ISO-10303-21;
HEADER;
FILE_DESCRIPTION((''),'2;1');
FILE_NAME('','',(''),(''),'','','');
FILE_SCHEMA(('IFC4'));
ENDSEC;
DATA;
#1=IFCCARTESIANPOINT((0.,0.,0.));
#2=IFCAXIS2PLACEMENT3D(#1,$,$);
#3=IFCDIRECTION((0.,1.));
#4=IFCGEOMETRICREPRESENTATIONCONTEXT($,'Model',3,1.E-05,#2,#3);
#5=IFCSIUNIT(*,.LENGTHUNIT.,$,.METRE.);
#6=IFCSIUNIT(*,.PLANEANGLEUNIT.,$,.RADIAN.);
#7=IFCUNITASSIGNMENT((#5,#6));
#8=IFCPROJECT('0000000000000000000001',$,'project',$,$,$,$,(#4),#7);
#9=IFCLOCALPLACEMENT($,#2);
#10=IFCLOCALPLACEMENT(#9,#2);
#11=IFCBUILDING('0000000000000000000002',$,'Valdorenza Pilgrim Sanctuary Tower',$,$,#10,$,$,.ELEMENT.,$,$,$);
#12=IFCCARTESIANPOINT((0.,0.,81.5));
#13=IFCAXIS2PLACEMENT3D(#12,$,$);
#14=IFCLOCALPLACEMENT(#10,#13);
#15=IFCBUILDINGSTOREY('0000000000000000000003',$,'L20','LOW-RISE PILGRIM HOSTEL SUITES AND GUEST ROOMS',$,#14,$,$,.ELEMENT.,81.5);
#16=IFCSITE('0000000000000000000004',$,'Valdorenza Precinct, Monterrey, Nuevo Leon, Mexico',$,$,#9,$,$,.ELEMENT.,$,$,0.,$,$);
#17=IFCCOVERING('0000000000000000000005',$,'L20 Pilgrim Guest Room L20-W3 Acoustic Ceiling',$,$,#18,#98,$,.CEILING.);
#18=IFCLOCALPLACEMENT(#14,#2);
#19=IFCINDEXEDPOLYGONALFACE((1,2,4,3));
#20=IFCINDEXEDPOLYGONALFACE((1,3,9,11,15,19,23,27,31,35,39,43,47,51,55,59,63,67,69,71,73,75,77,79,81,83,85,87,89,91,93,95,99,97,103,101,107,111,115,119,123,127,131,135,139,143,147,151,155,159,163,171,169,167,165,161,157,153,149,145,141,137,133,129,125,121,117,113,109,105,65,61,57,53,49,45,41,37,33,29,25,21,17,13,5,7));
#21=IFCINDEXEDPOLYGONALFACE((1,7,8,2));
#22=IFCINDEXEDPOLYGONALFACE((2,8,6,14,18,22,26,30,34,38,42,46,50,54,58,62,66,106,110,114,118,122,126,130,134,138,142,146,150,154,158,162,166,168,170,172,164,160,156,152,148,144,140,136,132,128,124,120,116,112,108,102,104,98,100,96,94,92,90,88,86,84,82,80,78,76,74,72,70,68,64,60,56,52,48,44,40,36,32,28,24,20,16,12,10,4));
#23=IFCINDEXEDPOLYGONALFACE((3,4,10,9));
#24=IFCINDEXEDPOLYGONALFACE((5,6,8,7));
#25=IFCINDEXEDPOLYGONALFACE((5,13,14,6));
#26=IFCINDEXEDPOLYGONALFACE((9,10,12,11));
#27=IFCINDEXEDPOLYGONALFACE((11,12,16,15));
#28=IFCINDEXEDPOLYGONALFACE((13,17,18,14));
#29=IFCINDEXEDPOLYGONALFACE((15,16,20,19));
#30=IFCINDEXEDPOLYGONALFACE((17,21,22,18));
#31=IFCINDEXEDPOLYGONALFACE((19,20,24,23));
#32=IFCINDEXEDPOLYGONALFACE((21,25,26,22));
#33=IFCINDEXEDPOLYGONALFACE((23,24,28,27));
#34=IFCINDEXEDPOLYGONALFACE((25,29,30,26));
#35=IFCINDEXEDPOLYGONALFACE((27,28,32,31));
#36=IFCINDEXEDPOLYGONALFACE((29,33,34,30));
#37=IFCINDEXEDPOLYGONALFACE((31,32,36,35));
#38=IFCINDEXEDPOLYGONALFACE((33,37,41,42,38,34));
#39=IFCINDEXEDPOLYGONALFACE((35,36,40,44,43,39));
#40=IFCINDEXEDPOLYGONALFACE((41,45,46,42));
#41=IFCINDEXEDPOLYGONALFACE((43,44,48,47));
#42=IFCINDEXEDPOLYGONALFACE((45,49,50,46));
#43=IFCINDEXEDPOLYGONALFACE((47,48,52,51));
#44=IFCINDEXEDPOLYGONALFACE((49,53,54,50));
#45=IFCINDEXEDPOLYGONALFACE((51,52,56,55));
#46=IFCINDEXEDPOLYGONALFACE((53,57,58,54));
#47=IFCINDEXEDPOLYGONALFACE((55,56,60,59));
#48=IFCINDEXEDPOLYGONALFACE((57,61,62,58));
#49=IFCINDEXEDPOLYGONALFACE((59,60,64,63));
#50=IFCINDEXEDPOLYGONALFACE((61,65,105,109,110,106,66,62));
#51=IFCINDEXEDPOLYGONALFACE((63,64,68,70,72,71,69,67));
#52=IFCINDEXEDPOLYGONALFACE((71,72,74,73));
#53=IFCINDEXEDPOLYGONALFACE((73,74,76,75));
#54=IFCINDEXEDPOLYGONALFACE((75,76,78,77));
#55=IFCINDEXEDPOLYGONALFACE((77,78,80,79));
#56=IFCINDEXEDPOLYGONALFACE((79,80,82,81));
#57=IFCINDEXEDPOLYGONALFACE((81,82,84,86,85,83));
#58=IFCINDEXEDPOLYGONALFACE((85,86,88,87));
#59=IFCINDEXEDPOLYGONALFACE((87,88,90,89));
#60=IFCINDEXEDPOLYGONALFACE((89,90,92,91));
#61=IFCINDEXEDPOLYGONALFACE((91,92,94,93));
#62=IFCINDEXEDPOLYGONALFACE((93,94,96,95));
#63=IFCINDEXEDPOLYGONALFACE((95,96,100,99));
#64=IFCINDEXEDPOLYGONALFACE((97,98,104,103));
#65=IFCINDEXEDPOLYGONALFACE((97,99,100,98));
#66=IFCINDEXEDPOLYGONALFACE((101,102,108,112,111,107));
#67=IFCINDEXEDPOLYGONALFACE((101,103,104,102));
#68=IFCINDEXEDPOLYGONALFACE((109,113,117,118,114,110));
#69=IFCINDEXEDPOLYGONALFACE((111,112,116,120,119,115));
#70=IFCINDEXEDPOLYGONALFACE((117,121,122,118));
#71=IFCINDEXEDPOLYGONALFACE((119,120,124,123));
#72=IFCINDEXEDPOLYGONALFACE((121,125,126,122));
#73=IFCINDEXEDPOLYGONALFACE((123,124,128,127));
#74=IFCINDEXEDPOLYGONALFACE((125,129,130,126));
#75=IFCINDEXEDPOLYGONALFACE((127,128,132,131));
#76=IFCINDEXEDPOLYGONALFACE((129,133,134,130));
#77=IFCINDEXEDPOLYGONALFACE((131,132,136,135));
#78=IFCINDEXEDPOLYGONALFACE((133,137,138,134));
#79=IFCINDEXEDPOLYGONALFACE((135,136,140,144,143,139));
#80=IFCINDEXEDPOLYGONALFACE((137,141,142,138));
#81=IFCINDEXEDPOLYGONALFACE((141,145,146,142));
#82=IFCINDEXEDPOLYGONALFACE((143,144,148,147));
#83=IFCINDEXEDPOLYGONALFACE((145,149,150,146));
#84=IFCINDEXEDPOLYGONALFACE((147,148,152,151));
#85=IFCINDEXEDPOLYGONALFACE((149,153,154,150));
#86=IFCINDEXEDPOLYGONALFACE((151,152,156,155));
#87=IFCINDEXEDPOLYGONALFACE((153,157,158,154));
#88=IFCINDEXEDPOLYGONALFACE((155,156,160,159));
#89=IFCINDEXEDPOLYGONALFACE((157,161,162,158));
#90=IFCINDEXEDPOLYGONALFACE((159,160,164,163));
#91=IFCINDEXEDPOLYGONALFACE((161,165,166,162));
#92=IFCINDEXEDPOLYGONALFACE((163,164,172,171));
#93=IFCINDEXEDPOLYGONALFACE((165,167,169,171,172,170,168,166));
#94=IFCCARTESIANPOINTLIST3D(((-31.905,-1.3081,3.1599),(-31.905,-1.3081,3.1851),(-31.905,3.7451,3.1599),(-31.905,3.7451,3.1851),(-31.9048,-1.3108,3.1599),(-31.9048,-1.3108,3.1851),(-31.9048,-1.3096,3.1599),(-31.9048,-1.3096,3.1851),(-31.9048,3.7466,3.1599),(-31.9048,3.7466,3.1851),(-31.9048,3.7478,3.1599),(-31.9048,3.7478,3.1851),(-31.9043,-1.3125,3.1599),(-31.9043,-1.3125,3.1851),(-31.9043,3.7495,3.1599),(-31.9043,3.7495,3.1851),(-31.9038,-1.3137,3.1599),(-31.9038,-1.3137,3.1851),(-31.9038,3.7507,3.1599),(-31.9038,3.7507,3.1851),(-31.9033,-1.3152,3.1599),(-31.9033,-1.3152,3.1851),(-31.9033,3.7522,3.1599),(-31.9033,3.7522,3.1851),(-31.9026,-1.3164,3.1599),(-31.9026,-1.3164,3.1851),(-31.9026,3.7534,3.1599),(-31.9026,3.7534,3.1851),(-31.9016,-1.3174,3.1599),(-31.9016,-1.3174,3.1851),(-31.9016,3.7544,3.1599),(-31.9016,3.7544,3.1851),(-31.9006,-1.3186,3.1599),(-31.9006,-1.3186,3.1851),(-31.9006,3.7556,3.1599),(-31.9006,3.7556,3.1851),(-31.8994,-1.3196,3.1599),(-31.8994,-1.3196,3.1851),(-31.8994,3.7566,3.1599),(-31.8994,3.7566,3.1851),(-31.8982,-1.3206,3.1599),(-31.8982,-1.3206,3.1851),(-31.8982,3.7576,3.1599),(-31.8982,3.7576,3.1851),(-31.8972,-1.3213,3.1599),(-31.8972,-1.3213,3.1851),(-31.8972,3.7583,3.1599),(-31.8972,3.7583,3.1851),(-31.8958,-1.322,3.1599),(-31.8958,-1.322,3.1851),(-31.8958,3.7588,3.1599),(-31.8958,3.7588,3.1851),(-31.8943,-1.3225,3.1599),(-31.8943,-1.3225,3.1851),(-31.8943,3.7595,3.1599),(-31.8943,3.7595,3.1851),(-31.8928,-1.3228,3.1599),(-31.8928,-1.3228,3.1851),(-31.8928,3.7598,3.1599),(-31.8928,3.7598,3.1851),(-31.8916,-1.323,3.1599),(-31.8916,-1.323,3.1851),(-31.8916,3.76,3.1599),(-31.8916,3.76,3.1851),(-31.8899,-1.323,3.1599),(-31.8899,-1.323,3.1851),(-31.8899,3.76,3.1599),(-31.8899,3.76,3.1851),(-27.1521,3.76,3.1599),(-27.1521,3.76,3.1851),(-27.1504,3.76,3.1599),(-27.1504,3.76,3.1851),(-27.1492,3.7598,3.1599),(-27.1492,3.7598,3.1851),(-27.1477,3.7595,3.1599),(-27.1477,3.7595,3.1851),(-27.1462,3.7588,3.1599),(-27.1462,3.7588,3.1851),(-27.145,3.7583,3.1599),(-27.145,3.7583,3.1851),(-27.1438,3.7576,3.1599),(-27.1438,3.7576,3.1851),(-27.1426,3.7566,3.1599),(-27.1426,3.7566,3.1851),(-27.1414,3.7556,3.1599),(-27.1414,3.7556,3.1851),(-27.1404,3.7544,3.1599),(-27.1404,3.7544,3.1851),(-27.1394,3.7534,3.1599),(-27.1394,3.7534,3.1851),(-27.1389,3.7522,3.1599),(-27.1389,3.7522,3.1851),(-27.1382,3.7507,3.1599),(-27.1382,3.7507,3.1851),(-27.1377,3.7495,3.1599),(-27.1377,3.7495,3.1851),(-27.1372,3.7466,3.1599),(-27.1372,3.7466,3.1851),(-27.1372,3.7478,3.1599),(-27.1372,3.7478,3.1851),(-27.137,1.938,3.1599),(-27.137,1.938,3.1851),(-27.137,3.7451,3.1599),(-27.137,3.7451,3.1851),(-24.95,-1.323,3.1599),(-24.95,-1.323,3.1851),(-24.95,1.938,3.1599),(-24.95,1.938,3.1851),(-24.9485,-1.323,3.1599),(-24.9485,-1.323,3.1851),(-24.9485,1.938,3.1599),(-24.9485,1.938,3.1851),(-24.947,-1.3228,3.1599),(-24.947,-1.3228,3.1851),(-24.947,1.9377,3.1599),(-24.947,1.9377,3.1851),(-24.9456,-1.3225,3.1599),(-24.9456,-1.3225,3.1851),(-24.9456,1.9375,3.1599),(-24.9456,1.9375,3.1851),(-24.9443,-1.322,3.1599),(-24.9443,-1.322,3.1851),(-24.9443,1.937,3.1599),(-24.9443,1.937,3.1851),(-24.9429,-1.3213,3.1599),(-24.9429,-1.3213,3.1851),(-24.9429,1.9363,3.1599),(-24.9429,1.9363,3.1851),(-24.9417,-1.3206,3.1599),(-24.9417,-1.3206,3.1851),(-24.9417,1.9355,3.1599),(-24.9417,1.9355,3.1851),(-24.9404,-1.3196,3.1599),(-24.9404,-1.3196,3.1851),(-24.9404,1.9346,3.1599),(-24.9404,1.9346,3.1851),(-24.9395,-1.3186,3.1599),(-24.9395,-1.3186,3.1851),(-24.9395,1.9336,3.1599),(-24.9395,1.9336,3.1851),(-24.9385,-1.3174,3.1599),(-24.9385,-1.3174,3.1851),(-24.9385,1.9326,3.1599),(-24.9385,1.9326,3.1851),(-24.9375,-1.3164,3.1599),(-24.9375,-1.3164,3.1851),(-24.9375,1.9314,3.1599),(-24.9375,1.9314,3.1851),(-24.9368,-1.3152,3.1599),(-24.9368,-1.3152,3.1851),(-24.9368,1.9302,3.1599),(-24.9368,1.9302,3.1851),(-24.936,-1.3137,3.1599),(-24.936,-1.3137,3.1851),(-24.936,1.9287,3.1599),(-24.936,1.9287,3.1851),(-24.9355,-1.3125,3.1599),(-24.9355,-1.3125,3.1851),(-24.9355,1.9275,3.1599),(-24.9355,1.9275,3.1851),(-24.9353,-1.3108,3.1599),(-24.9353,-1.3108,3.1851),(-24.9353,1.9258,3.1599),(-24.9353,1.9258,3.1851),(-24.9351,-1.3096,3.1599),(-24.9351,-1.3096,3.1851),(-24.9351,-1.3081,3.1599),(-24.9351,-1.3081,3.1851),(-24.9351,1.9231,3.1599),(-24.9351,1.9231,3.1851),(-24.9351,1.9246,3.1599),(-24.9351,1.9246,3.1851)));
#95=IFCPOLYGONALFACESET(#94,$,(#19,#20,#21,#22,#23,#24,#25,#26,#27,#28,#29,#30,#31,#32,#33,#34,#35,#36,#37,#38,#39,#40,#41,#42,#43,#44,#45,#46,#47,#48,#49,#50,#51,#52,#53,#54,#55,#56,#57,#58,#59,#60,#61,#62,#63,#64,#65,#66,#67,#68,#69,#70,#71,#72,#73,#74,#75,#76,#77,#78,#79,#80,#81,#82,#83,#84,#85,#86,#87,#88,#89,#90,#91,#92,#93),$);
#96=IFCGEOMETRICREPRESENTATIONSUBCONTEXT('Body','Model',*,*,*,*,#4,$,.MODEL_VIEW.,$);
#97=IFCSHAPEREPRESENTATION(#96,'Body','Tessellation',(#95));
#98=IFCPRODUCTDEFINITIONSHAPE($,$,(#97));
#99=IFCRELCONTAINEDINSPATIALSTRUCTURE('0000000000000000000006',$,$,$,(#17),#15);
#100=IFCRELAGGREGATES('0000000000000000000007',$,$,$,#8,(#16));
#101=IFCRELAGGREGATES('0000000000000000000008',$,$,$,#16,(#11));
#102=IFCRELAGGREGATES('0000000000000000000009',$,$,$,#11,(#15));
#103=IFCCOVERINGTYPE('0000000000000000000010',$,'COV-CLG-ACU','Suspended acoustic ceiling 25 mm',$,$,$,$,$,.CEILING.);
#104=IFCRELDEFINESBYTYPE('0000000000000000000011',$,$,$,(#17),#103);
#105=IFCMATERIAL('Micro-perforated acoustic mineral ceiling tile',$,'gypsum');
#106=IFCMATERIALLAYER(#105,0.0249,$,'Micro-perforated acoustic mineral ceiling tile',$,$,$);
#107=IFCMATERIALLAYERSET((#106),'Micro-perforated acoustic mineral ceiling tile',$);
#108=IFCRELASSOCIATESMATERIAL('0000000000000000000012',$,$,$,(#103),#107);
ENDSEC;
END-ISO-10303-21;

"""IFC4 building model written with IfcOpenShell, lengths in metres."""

from ifc_helpers import new_model, si_unit, direction, frame, origin, place, context, subcontext, project, spatial, polyline, outline, extrude, material, layer, layer_set, type_object, element, save


model = new_model("IFC4")

# Units and contexts
model_context = context("Model", 3, precision=1e-05, world=origin(), true_north=direction((0.0, 1.0)))
body_context = subcontext(model_context, "Body", "Model", "MODEL_VIEW")
ifc_project = project(units=[si_unit("LENGTHUNIT", "METRE"), si_unit("PLANEANGLEUNIT", "RADIAN")], contexts=[model_context])

# Site, building, storey
site_placement = place(None, origin())
site = spatial("IfcSite", under=ifc_project, at=site_placement, Name="Valdorenza Precinct, Monterrey, Nuevo Leon, Mexico", CompositionType="ELEMENT", RefElevation=0.0)
building_placement = place(site_placement, origin())
building = spatial("IfcBuilding", under=site, at=building_placement, Name="Valdorenza Pilgrim Sanctuary Tower", CompositionType="ELEMENT")
storey_placement = place(building_placement, frame((0.0, 0.0, 81.5)))
storey = spatial("IfcBuildingStorey", under=building, at=storey_placement, Name="L20", Description="LOW-RISE PILGRIM HOSTEL SUITES AND GUEST ROOMS", CompositionType="ELEMENT", Elevation=81.5)

# Covering
ifc_material_1 = material(Name="Micro-perforated acoustic mineral ceiling tile", Category="gypsum")
ifc_layer_1 = layer(ifc_material_1, 0.0249, Name="Micro-perforated acoustic mineral ceiling tile")
ifc_layer_set_1 = layer_set([ifc_layer_1], Name="Micro-perforated acoustic mineral ceiling tile")
covering_type_1 = type_object("IfcCoveringType", Name="COV-CLG-ACU", Description="Suspended acoustic ceiling 25 mm", PredefinedType="CEILING", material=ifc_layer_set_1)
covering_1_placement = place(storey_placement, frame((0.0, 0.0, 3.1599)))
element("IfcCovering", 1, at=covering_1_placement, inside=storey, type_object=covering_type_1, Name="L20 Pilgrim Guest Room L20-W3 Acoustic Ceiling", PredefinedType="CEILING", context=body_context, shape_type="SweptSolid", body=[
    extrude(outline(polyline([(-31.905, 3.7451), (-31.9048, 3.7466), (-31.9048, 3.7478), (-31.9043, 3.7495), (-31.9038, 3.7507), (-31.9033, 3.7522), (-31.9026, 3.7534), (-31.9016, 3.7544), (-31.9006, 3.7556), (-31.8994, 3.7566), (-31.8982, 3.7576), (-31.8972, 3.7583), (-31.8958, 3.7588), (-31.8943, 3.7595), (-31.8928, 3.7598), (-31.8916, 3.76), (-31.8899, 3.76), (-27.1521, 3.76), (-27.1504, 3.76), (-27.1492, 3.7598), (-27.1477, 3.7595), (-27.1462, 3.7588), (-27.145, 3.7583), (-27.1438, 3.7576), (-27.1426, 3.7566), (-27.1414, 3.7556), (-27.1404, 3.7544), (-27.1394, 3.7534), (-27.1389, 3.7522), (-27.1382, 3.7507), (-27.1377, 3.7495), (-27.1372, 3.7478), (-27.1372, 3.7466), (-27.137, 3.7451), (-27.137, 1.938), (-24.95, 1.938), (-24.9485, 1.938), (-24.947, 1.9377), (-24.9456, 1.9375), (-24.9443, 1.937), (-24.9429, 1.9363), (-24.9417, 1.9355), (-24.9404, 1.9346), (-24.9395, 1.9336), (-24.9385, 1.9326), (-24.9375, 1.9314), (-24.9368, 1.9302), (-24.936, 1.9287), (-24.9355, 1.9275), (-24.9353, 1.9258), (-24.9351, 1.9246), (-24.9351, 1.9231), (-24.9351, -1.3081), (-24.9351, -1.3096), (-24.9353, -1.3108), (-24.9355, -1.3125), (-24.936, -1.3137), (-24.9368, -1.3152), (-24.9375, -1.3164), (-24.9385, -1.3174), (-24.9395, -1.3186), (-24.9404, -1.3196), (-24.9417, -1.3206), (-24.9429, -1.3213), (-24.9443, -1.322), (-24.9456, -1.3225), (-24.947, -1.3228), (-24.9485, -1.323), (-24.95, -1.323), (-31.8899, -1.323), (-31.8916, -1.323), (-31.8928, -1.3228), (-31.8943, -1.3225), (-31.8958, -1.322), (-31.8972, -1.3213), (-31.8982, -1.3206), (-31.8994, -1.3196), (-31.9006, -1.3186), (-31.9016, -1.3174), (-31.9026, -1.3164), (-31.9033, -1.3152), (-31.9038, -1.3137), (-31.9043, -1.3125), (-31.9048, -1.3108), (-31.9048, -1.3096), (-31.905, -1.3081), (-31.905, 3.7451)])), origin(), (0.0, 0.0, 1.0), 0.0251),
])

save(model, "model.ifc")
